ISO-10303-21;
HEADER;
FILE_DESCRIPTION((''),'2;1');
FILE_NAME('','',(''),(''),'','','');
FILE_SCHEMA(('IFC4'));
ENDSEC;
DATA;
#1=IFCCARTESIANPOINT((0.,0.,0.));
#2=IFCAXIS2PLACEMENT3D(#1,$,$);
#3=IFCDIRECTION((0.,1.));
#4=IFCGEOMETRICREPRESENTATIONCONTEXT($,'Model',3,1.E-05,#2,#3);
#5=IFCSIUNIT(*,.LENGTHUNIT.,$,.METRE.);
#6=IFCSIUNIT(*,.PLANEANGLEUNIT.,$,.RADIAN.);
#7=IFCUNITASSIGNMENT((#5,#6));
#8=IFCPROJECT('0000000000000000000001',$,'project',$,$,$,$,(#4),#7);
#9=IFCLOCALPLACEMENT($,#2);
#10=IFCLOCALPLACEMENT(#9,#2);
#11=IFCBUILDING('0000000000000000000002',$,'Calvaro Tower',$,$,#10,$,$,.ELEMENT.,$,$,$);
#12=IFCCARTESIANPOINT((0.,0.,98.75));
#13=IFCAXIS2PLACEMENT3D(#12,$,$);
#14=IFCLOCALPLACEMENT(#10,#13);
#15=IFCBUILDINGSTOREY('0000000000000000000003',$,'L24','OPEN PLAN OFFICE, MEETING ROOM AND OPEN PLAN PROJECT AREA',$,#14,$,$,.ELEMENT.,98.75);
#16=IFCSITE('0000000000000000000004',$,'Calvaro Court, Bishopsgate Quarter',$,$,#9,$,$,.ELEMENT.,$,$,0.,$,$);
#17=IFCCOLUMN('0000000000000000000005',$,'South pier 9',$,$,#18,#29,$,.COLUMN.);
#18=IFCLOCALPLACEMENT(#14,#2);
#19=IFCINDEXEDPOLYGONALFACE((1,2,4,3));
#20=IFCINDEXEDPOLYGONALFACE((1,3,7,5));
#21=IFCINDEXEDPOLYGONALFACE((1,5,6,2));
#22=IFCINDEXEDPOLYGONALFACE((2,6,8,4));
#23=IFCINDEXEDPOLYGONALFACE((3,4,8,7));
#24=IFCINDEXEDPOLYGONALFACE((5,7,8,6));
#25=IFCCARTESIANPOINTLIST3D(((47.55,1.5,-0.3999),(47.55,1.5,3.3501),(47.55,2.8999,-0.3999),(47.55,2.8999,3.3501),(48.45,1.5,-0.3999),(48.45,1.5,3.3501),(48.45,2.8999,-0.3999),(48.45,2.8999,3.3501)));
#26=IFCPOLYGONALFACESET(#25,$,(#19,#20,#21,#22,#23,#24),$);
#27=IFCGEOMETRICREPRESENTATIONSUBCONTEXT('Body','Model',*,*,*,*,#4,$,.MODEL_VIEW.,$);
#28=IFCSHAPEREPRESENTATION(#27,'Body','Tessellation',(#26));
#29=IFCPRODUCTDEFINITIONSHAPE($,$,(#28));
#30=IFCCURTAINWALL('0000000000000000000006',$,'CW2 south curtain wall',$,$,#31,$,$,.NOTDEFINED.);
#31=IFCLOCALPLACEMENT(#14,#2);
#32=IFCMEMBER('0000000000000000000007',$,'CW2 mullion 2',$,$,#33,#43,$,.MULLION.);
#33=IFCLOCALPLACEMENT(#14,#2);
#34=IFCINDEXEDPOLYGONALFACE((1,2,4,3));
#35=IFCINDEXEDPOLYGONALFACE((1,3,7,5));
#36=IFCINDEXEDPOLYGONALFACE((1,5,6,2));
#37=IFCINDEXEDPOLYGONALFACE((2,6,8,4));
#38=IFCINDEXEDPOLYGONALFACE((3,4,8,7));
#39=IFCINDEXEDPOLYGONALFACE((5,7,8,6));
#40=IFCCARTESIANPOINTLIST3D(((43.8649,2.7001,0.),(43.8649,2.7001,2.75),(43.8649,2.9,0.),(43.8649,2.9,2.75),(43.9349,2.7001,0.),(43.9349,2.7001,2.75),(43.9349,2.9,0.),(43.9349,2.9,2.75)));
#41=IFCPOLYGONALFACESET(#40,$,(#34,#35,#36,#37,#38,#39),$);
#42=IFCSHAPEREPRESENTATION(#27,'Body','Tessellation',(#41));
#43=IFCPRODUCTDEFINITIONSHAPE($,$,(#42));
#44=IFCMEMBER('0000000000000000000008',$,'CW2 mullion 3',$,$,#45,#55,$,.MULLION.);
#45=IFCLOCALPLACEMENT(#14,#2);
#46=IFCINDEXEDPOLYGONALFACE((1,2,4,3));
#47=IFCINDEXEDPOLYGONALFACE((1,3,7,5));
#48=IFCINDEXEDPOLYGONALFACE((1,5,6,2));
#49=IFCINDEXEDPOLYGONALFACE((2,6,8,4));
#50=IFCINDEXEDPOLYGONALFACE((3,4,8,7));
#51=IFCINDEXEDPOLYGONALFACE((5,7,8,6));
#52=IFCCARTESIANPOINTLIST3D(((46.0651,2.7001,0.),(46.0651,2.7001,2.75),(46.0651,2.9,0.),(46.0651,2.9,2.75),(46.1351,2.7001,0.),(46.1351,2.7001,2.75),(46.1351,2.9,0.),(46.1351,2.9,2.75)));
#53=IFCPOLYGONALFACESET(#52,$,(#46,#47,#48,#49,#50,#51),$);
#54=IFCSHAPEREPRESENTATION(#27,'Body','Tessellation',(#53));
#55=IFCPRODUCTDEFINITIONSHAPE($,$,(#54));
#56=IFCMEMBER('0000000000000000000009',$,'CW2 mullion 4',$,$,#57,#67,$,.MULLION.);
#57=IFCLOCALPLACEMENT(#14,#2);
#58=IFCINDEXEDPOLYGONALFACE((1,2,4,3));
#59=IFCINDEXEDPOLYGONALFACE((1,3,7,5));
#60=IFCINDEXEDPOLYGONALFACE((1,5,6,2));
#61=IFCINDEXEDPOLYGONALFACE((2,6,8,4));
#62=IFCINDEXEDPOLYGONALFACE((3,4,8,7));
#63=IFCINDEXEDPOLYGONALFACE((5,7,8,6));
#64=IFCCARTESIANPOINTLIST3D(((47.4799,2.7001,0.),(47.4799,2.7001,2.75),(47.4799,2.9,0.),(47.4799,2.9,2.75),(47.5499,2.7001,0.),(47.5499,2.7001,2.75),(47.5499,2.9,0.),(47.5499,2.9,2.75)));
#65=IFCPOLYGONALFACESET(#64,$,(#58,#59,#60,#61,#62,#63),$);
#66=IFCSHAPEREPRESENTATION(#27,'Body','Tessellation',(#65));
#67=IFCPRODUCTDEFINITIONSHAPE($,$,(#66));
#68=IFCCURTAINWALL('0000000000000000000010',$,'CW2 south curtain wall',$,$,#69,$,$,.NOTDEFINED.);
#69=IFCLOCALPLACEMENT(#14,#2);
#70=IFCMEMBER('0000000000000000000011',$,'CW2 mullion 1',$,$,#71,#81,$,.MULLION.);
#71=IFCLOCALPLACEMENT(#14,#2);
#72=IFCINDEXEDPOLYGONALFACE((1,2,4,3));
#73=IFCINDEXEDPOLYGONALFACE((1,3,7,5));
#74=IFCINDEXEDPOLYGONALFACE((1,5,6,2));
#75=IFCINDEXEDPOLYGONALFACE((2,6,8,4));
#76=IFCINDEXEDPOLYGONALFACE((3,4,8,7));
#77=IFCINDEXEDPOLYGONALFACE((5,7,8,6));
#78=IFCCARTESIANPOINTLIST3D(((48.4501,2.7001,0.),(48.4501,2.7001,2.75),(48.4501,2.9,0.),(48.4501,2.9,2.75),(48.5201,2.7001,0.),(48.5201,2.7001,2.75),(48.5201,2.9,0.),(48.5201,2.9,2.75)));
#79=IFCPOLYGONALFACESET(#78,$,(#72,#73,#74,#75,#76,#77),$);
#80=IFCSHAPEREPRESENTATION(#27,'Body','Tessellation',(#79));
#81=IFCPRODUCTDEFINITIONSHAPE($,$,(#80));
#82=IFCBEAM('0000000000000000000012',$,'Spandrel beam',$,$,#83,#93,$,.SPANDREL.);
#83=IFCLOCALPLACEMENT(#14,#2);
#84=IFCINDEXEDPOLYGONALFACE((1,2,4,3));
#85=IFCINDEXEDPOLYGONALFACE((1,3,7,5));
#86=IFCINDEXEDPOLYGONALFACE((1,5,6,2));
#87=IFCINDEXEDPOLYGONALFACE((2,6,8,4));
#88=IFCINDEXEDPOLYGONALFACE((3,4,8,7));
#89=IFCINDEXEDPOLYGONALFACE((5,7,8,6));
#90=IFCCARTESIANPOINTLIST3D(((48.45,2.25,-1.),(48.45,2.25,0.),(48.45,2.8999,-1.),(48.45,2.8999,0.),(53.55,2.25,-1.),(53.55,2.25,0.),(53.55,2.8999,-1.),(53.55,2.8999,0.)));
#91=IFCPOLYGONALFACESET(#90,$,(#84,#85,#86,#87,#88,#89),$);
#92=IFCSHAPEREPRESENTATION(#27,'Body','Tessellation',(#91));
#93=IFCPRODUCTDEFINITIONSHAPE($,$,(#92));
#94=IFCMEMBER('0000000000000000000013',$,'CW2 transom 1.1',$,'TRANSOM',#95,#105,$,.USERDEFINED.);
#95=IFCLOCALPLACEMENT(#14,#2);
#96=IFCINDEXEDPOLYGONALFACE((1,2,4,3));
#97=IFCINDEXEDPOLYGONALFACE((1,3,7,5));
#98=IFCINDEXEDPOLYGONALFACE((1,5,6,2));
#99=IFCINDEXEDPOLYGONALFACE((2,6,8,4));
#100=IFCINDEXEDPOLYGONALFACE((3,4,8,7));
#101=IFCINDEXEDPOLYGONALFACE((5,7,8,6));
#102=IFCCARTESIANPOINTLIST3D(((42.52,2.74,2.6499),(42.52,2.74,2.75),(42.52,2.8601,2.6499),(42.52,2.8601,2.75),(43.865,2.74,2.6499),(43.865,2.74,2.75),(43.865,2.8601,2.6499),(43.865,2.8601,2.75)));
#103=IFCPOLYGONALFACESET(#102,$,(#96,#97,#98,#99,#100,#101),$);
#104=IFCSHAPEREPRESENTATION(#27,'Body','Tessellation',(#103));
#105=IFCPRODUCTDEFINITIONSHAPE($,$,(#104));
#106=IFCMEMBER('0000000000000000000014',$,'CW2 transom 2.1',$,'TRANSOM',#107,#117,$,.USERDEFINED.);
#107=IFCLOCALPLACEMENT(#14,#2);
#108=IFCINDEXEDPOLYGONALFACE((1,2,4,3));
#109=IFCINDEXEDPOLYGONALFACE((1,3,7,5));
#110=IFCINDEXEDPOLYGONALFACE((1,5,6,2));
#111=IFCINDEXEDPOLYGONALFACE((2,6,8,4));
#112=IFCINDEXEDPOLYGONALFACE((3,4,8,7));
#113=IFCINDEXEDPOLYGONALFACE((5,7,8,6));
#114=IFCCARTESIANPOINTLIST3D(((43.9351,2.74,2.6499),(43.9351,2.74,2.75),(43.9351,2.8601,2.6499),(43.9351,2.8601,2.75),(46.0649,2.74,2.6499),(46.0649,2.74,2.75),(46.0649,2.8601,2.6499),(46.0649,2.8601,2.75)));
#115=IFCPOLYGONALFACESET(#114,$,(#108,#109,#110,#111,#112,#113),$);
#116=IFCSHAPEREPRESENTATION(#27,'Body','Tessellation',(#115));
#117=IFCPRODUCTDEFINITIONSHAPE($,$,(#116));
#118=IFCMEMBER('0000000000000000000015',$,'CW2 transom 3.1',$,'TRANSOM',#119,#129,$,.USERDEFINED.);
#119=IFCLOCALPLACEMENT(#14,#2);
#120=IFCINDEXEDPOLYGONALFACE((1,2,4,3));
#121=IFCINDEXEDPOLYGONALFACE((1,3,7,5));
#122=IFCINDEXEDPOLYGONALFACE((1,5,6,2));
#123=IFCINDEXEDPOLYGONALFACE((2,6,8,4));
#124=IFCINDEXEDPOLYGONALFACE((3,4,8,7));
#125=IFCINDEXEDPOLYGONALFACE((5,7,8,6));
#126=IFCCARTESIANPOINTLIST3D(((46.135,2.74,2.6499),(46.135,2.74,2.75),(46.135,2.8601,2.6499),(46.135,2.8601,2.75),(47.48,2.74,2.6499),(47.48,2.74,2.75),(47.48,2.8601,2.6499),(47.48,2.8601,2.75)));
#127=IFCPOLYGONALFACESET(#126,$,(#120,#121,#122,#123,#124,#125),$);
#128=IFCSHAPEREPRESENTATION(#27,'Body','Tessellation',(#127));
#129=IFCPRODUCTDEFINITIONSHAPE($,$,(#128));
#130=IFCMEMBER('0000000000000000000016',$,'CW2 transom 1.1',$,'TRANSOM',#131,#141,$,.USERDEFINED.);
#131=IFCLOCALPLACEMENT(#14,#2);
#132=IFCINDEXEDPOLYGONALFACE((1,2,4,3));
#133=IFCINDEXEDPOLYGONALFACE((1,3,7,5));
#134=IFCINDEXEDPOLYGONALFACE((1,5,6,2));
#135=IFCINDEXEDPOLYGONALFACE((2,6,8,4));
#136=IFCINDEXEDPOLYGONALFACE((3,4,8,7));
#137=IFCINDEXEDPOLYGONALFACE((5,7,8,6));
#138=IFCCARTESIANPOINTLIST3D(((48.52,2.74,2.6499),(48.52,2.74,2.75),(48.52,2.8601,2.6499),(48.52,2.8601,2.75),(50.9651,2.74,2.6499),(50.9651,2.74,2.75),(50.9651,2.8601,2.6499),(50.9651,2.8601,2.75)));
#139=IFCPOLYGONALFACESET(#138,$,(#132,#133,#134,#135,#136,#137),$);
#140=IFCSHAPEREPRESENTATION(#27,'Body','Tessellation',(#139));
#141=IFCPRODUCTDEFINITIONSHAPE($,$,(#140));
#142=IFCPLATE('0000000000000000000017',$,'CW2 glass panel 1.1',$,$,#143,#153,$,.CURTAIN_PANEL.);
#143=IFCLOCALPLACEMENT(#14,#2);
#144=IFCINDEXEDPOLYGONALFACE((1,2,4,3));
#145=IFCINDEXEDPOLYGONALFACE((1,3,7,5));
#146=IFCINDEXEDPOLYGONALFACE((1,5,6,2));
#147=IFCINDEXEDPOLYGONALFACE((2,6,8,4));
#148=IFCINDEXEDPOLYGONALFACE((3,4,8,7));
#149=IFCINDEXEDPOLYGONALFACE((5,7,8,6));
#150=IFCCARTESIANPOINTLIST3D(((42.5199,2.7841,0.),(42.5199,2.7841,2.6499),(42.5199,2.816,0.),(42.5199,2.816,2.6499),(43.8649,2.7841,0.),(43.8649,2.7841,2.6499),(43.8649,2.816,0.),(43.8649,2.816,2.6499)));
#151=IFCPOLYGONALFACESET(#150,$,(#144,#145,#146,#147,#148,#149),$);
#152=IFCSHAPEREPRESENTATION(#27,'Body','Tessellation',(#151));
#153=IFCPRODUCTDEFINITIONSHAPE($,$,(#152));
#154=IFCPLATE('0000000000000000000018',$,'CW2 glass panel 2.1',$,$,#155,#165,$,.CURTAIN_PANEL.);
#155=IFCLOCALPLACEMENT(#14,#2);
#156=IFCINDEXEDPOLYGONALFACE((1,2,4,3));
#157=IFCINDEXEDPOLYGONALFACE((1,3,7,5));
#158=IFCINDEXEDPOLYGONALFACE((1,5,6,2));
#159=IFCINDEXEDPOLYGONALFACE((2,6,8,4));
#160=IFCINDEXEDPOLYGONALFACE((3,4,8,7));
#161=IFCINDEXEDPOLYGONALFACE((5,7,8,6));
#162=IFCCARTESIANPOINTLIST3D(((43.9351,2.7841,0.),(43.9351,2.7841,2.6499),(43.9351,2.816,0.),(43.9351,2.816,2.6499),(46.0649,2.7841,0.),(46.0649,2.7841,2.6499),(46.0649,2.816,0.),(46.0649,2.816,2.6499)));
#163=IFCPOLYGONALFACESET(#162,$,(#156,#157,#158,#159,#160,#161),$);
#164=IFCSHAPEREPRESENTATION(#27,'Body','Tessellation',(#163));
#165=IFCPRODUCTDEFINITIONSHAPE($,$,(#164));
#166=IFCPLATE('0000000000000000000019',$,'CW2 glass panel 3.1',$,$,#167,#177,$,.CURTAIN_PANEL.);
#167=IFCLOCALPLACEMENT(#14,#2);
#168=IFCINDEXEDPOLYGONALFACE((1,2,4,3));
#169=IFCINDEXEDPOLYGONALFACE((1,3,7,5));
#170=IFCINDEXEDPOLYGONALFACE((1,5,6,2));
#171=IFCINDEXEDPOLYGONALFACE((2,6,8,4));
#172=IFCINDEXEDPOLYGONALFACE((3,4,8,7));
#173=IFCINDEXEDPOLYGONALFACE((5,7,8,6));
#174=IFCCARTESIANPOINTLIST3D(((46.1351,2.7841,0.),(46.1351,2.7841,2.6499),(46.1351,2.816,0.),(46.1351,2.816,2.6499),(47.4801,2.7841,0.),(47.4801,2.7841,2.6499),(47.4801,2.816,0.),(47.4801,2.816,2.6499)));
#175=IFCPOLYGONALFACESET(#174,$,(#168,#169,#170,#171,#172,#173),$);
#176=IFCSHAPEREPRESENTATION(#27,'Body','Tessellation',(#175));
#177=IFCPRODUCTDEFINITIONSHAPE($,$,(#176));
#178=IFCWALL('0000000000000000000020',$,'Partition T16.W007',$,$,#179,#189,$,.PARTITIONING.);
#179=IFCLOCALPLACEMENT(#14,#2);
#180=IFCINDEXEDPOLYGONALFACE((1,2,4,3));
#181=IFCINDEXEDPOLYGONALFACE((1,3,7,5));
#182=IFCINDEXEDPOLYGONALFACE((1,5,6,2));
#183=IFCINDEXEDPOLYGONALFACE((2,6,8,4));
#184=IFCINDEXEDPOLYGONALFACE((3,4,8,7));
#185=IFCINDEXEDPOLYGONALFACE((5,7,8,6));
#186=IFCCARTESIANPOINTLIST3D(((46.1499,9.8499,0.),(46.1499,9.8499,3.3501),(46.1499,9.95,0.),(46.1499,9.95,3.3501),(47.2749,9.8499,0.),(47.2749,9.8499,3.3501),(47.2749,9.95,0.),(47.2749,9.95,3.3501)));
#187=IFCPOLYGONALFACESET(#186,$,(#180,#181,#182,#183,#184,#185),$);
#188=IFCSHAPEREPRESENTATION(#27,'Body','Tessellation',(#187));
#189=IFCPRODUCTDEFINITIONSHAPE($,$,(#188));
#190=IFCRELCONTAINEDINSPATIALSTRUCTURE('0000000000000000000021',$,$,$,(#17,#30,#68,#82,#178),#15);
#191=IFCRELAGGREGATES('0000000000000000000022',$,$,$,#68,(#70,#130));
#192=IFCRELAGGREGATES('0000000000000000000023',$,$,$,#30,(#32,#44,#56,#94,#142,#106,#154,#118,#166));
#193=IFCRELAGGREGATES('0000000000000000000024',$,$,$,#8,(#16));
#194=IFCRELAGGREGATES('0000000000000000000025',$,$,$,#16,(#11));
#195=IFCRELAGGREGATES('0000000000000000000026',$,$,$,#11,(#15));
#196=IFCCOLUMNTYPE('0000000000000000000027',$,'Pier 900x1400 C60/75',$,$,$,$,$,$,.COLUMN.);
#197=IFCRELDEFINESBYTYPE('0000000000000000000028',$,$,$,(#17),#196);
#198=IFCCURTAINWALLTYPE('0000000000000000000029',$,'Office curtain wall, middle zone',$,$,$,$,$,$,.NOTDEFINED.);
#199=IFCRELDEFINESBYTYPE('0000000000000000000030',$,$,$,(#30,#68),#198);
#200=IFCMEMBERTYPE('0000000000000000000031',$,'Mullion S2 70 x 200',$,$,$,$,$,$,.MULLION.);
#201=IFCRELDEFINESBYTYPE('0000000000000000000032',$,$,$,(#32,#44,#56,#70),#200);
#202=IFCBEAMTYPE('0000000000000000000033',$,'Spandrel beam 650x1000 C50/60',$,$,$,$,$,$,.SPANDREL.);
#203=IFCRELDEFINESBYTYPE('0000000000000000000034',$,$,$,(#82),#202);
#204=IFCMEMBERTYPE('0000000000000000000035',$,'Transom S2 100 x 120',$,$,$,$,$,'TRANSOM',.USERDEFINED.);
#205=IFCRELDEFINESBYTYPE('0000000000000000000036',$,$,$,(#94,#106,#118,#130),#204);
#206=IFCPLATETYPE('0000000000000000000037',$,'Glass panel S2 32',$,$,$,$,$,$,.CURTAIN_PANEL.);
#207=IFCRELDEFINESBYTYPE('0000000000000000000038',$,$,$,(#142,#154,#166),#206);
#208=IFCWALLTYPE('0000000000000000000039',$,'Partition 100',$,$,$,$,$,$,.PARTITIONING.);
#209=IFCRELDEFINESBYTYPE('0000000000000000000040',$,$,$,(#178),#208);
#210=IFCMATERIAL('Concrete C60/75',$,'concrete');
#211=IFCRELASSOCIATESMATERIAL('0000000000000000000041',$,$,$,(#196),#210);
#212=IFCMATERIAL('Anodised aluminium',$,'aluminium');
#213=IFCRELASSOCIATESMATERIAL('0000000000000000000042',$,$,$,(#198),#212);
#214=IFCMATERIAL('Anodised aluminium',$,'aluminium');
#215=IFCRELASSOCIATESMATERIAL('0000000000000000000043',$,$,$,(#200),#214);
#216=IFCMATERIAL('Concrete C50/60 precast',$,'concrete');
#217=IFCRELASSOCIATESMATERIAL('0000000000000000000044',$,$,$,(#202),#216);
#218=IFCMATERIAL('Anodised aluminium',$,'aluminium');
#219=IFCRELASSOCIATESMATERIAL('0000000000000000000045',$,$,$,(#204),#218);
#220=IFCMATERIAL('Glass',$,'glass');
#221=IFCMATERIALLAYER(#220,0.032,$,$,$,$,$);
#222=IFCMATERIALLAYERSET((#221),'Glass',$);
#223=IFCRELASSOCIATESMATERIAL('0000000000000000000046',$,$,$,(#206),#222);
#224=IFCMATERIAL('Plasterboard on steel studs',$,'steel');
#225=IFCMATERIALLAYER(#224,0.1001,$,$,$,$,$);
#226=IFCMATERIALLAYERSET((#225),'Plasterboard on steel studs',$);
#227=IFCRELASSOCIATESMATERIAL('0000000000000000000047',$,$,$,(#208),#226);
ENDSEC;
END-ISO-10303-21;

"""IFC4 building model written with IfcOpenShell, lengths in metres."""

from ifc_helpers import new_model, si_unit, direction, frame, frame_2d, origin, origin_2d, place, context, subcontext, project, spatial, rectangle, extrude, material, layer, layer_set, material_profile, profile_set, type_object, element, aggregate, save


model = new_model("IFC4")

# Units and contexts
model_context = context("Model", 3, precision=1e-05, world=origin(), true_north=direction((0.0, 1.0)))
body_context = subcontext(model_context, "Body", "Model", "MODEL_VIEW")
ifc_project = project(units=[si_unit("LENGTHUNIT", "METRE"), si_unit("PLANEANGLEUNIT", "RADIAN")], contexts=[model_context])

# Site, building, storey
site_placement = place(None, origin())
site = spatial("IfcSite", under=ifc_project, at=site_placement, Name="Calvaro Court, Bishopsgate Quarter", CompositionType="ELEMENT", RefElevation=0.0)
building_placement = place(site_placement, origin())
building = spatial("IfcBuilding", under=site, at=building_placement, Name="Calvaro Tower", CompositionType="ELEMENT")
storey_placement = place(building_placement, frame((0.0, 0.0, 98.75)))
storey = spatial("IfcBuildingStorey", under=building, at=storey_placement, Name="L24", Description="OPEN PLAN OFFICE, MEETING ROOM AND OPEN PLAN PROJECT AREA", CompositionType="ELEMENT", Elevation=98.75)

# Column
ifc_material_1 = material(Name="Concrete C60/75", Category="concrete")
ifc_material_profile_1 = material_profile(ifc_material_1, rectangle(XDim=0.8999, YDim=1.3999, at=origin_2d()), Name="RC 900x1400")
ifc_profile_set_1 = profile_set([ifc_material_profile_1], Name="Concrete C60/75")
column_type = type_object("IfcColumnType", Name="Pier 900x1400 C60/75", PredefinedType="COLUMN", material=ifc_profile_set_1)
column_placement = place(storey_placement, frame((48.0, 2.2, -0.3999), z_axis=(0.0, 0.0, 1.0), x_axis=(1.0, 0.0, 0.0)))
element("IfcColumn", 1, at=column_placement, inside=storey, type_object=column_type, Name="South pier 9", PredefinedType="COLUMN", context=body_context, shape_type="SweptSolid", body=[
    extrude(rectangle(XDim=0.8999, YDim=1.3999, at=origin_2d()), origin(), (0.0, 0.0, 1.0), 3.75),
])

# Curtain wall, members
ifc_material_2 = material(Name="Anodised aluminium", Category="aluminium")
curtain_wall_type = type_object("IfcCurtainWallType", Name="Office curtain wall, middle zone", PredefinedType="NOTDEFINED", material=ifc_material_2)
curtain_wall_1_placement = place(storey_placement, origin())
curtain_wall_1 = element("IfcCurtainWall", 2, at=curtain_wall_1_placement, inside=storey, type_object=curtain_wall_type, Name="CW2 south curtain wall", PredefinedType="NOTDEFINED")
ifc_material_3 = material(Name="Anodised aluminium", Category="aluminium")
ifc_material_profile_2 = material_profile(ifc_material_3, rectangle(XDim=0.2, YDim=0.0701, at=origin_2d()), Name="Mullion S2 70 x 200")
ifc_profile_set_2 = profile_set([ifc_material_profile_2], Name="Anodised aluminium")
member_type_1 = type_object("IfcMemberType", Name="Mullion S2 70 x 200", PredefinedType="MULLION", material=ifc_profile_set_2)
member_1_placement = place(storey_placement, frame((43.8999, 2.8, 0.0), z_axis=(0.0, 0.0, 1.0), x_axis=(0.0, 1.0, 0.0)))
member_1 = element("IfcMember", 3, at=member_1_placement, type_object=member_type_1, Name="CW2 mullion 2", PredefinedType="MULLION", context=body_context, shape_type="SweptSolid", body=[
    extrude(rectangle(XDim=0.2, YDim=0.0701, at=origin_2d()), origin(), (0.0, 0.0, 1.0), 2.75),
])
member_2_placement = place(storey_placement, frame((46.1001, 2.8, 0.0), z_axis=(0.0, 0.0, 1.0), x_axis=(0.0, 1.0, 0.0)))
member_2 = element("IfcMember", 4, at=member_2_placement, type_object=member_type_1, Name="CW2 mullion 3", PredefinedType="MULLION", context=body_context, shape_type="SweptSolid", body=[
    extrude(rectangle(XDim=0.2, YDim=0.0701, at=origin_2d()), origin(), (0.0, 0.0, 1.0), 2.75),
])
member_3_placement = place(storey_placement, frame((47.5149, 2.8, 0.0), z_axis=(0.0, 0.0, 1.0), x_axis=(0.0, 1.0, 0.0)))
member_3 = element("IfcMember", 5, at=member_3_placement, type_object=member_type_1, Name="CW2 mullion 4", PredefinedType="MULLION", context=body_context, shape_type="SweptSolid", body=[
    extrude(rectangle(XDim=0.2, YDim=0.0701, at=origin_2d()), origin(), (0.0, 0.0, 1.0), 2.75),
])

# Curtain wall, member
curtain_wall_2_placement = place(storey_placement, origin())
curtain_wall_2 = element("IfcCurtainWall", 6, at=curtain_wall_2_placement, inside=storey, type_object=curtain_wall_type, Name="CW2 south curtain wall", PredefinedType="NOTDEFINED")
member_4_placement = place(storey_placement, frame((48.4851, 2.8, 0.0), z_axis=(0.0, 0.0, 1.0), x_axis=(0.0, 1.0, 0.0)))
member_4 = element("IfcMember", 7, at=member_4_placement, type_object=member_type_1, Name="CW2 mullion 1", PredefinedType="MULLION", context=body_context, shape_type="SweptSolid", body=[
    extrude(rectangle(XDim=0.2, YDim=0.0701, at=origin_2d()), origin(), (0.0, 0.0, 1.0), 2.75),
])

# Beam
ifc_material_4 = material(Name="Concrete C50/60 precast", Category="concrete")
ifc_material_profile_3 = material_profile(ifc_material_4, rectangle(XDim=0.6499, YDim=1.0, at=origin_2d()), Name="RC 650x1000")
ifc_profile_set_3 = profile_set([ifc_material_profile_3], Name="Concrete C50/60 precast")
beam_type = type_object("IfcBeamType", Name="Spandrel beam 650x1000 C50/60", PredefinedType="SPANDREL", material=ifc_profile_set_3)
beam_placement = place(storey_placement, frame((48.45, 2.575, -0.5), z_axis=(1.0, 0.0, 0.0), x_axis=(0.0, 1.0, 0.0)))
element("IfcBeam", 8, at=beam_placement, inside=storey, type_object=beam_type, Name="Spandrel beam", PredefinedType="SPANDREL", context=body_context, shape_type="SweptSolid", body=[
    extrude(rectangle(XDim=0.6499, YDim=1.0, at=origin_2d()), origin(), (0.0, 0.0, 1.0), 5.1001),
])

# Members
ifc_material_5 = material(Name="Anodised aluminium", Category="aluminium")
ifc_material_profile_4 = material_profile(ifc_material_5, rectangle(XDim=0.1201, YDim=0.1001, at=origin_2d()), Name="Transom S2 100 x 120")
ifc_profile_set_4 = profile_set([ifc_material_profile_4], Name="Anodised aluminium")
member_type_2 = type_object("IfcMemberType", Name="Transom S2 100 x 120", ElementType="TRANSOM", PredefinedType="USERDEFINED", material=ifc_profile_set_4)
member_5_placement = place(storey_placement, frame((42.52, 2.8, 2.7), z_axis=(1.0, 0.0, 0.0), x_axis=(0.0, 1.0, 0.0)))
member_5 = element("IfcMember", 9, at=member_5_placement, type_object=member_type_2, Name="CW2 transom 1.1", ObjectType="TRANSOM", PredefinedType="USERDEFINED", context=body_context, shape_type="SweptSolid", body=[
    extrude(rectangle(XDim=0.1201, YDim=0.1001, at=origin_2d()), origin(), (0.0, 0.0, 1.0), 1.345),
])
member_6_placement = place(storey_placement, frame((43.9351, 2.8, 2.7), z_axis=(1.0, 0.0, 0.0), x_axis=(0.0, 1.0, 0.0)))
member_6 = element("IfcMember", 10, at=member_6_placement, type_object=member_type_2, Name="CW2 transom 2.1", ObjectType="TRANSOM", PredefinedType="USERDEFINED", context=body_context, shape_type="SweptSolid", body=[
    extrude(rectangle(XDim=0.1201, YDim=0.1001, at=origin_2d()), origin(), (0.0, 0.0, 1.0), 2.1299),
])
member_7_placement = place(storey_placement, frame((46.135, 2.8, 2.7), z_axis=(1.0, 0.0, 0.0), x_axis=(0.0, 1.0, 0.0)))
member_7 = element("IfcMember", 11, at=member_7_placement, type_object=member_type_2, Name="CW2 transom 3.1", ObjectType="TRANSOM", PredefinedType="USERDEFINED", context=body_context, shape_type="SweptSolid", body=[
    extrude(rectangle(XDim=0.1201, YDim=0.1001, at=origin_2d()), origin(), (0.0, 0.0, 1.0), 1.345),
])
member_8_placement = place(storey_placement, frame((48.52, 2.8, 2.7), z_axis=(1.0, 0.0, 0.0), x_axis=(0.0, 1.0, 0.0)))
member_8 = element("IfcMember", 12, at=member_8_placement, type_object=member_type_2, Name="CW2 transom 1.1", ObjectType="TRANSOM", PredefinedType="USERDEFINED", context=body_context, shape_type="SweptSolid", body=[
    extrude(rectangle(XDim=0.1201, YDim=0.1001, at=origin_2d()), origin(), (0.0, 0.0, 1.0), 2.4451),
])
aggregate(curtain_wall_2, [member_4, member_8])

# Plates
ifc_material_6 = material(Name="Glass", Category="glass")
ifc_layer_1 = layer(ifc_material_6, 0.032)
ifc_layer_set_1 = layer_set([ifc_layer_1], Name="Glass")
plate_type = type_object("IfcPlateType", Name="Glass panel S2 32", PredefinedType="CURTAIN_PANEL", material=ifc_layer_set_1)
plate_1_placement = place(storey_placement, frame((43.1924, 2.8, 0.0), z_axis=(0.0, 0.0, 1.0), x_axis=(1.0, 0.0, 0.0)))
plate_1 = element("IfcPlate", 13, at=plate_1_placement, type_object=plate_type, Name="CW2 glass panel 1.1", PredefinedType="CURTAIN_PANEL", context=body_context, shape_type="SweptSolid", body=[
    extrude(rectangle(XDim=1.345, YDim=0.032, at=origin_2d()), origin(), (0.0, 0.0, 1.0), 2.6499),
])
plate_2_placement = place(storey_placement, frame((45.0, 2.8, 0.0), z_axis=(0.0, 0.0, 1.0), x_axis=(1.0, 0.0, 0.0)))
plate_2 = element("IfcPlate", 14, at=plate_2_placement, type_object=plate_type, Name="CW2 glass panel 2.1", PredefinedType="CURTAIN_PANEL", context=body_context, shape_type="SweptSolid", body=[
    extrude(rectangle(XDim=2.1299, YDim=0.032, at=origin_2d()), origin(), (0.0, 0.0, 1.0), 2.6499),
])
plate_3_placement = place(storey_placement, frame((46.8076, 2.8, 0.0), z_axis=(0.0, 0.0, 1.0), x_axis=(1.0, 0.0, 0.0)))
plate_3 = element("IfcPlate", 15, at=plate_3_placement, type_object=plate_type, Name="CW2 glass panel 3.1", PredefinedType="CURTAIN_PANEL", context=body_context, shape_type="SweptSolid", body=[
    extrude(rectangle(XDim=1.345, YDim=0.032, at=origin_2d()), origin(), (0.0, 0.0, 1.0), 2.6499),
])
aggregate(curtain_wall_1, [member_1, member_2, member_3, member_5, plate_1, member_6, plate_2, member_7, plate_3])

# Wall
ifc_material_7 = material(Name="Plasterboard on steel studs", Category="steel")
ifc_layer_2 = layer(ifc_material_7, 0.1001)
ifc_layer_set_2 = layer_set([ifc_layer_2], Name="Plasterboard on steel studs")
wall_type_1 = type_object("IfcWallType", Name="Partition 100", PredefinedType="PARTITIONING", material=ifc_layer_set_2)
wall_1_placement = place(storey_placement, frame((46.1499, 9.8999, 0.0), z_axis=(0.0, 0.0, 1.0), x_axis=(1.0, 0.0, 0.0)))
element("IfcWall", 16, at=wall_1_placement, inside=storey, type_object=wall_type_1, Name="Partition T16.W007", PredefinedType="PARTITIONING", context=body_context, shape_type="SweptSolid", body=[
    extrude(rectangle(XDim=1.125, YDim=0.1001, at=frame_2d((0.5625, 0.0))), origin(), (0.0, 0.0, 1.0), 3.3501),
])

save(model, "model.ifc")
